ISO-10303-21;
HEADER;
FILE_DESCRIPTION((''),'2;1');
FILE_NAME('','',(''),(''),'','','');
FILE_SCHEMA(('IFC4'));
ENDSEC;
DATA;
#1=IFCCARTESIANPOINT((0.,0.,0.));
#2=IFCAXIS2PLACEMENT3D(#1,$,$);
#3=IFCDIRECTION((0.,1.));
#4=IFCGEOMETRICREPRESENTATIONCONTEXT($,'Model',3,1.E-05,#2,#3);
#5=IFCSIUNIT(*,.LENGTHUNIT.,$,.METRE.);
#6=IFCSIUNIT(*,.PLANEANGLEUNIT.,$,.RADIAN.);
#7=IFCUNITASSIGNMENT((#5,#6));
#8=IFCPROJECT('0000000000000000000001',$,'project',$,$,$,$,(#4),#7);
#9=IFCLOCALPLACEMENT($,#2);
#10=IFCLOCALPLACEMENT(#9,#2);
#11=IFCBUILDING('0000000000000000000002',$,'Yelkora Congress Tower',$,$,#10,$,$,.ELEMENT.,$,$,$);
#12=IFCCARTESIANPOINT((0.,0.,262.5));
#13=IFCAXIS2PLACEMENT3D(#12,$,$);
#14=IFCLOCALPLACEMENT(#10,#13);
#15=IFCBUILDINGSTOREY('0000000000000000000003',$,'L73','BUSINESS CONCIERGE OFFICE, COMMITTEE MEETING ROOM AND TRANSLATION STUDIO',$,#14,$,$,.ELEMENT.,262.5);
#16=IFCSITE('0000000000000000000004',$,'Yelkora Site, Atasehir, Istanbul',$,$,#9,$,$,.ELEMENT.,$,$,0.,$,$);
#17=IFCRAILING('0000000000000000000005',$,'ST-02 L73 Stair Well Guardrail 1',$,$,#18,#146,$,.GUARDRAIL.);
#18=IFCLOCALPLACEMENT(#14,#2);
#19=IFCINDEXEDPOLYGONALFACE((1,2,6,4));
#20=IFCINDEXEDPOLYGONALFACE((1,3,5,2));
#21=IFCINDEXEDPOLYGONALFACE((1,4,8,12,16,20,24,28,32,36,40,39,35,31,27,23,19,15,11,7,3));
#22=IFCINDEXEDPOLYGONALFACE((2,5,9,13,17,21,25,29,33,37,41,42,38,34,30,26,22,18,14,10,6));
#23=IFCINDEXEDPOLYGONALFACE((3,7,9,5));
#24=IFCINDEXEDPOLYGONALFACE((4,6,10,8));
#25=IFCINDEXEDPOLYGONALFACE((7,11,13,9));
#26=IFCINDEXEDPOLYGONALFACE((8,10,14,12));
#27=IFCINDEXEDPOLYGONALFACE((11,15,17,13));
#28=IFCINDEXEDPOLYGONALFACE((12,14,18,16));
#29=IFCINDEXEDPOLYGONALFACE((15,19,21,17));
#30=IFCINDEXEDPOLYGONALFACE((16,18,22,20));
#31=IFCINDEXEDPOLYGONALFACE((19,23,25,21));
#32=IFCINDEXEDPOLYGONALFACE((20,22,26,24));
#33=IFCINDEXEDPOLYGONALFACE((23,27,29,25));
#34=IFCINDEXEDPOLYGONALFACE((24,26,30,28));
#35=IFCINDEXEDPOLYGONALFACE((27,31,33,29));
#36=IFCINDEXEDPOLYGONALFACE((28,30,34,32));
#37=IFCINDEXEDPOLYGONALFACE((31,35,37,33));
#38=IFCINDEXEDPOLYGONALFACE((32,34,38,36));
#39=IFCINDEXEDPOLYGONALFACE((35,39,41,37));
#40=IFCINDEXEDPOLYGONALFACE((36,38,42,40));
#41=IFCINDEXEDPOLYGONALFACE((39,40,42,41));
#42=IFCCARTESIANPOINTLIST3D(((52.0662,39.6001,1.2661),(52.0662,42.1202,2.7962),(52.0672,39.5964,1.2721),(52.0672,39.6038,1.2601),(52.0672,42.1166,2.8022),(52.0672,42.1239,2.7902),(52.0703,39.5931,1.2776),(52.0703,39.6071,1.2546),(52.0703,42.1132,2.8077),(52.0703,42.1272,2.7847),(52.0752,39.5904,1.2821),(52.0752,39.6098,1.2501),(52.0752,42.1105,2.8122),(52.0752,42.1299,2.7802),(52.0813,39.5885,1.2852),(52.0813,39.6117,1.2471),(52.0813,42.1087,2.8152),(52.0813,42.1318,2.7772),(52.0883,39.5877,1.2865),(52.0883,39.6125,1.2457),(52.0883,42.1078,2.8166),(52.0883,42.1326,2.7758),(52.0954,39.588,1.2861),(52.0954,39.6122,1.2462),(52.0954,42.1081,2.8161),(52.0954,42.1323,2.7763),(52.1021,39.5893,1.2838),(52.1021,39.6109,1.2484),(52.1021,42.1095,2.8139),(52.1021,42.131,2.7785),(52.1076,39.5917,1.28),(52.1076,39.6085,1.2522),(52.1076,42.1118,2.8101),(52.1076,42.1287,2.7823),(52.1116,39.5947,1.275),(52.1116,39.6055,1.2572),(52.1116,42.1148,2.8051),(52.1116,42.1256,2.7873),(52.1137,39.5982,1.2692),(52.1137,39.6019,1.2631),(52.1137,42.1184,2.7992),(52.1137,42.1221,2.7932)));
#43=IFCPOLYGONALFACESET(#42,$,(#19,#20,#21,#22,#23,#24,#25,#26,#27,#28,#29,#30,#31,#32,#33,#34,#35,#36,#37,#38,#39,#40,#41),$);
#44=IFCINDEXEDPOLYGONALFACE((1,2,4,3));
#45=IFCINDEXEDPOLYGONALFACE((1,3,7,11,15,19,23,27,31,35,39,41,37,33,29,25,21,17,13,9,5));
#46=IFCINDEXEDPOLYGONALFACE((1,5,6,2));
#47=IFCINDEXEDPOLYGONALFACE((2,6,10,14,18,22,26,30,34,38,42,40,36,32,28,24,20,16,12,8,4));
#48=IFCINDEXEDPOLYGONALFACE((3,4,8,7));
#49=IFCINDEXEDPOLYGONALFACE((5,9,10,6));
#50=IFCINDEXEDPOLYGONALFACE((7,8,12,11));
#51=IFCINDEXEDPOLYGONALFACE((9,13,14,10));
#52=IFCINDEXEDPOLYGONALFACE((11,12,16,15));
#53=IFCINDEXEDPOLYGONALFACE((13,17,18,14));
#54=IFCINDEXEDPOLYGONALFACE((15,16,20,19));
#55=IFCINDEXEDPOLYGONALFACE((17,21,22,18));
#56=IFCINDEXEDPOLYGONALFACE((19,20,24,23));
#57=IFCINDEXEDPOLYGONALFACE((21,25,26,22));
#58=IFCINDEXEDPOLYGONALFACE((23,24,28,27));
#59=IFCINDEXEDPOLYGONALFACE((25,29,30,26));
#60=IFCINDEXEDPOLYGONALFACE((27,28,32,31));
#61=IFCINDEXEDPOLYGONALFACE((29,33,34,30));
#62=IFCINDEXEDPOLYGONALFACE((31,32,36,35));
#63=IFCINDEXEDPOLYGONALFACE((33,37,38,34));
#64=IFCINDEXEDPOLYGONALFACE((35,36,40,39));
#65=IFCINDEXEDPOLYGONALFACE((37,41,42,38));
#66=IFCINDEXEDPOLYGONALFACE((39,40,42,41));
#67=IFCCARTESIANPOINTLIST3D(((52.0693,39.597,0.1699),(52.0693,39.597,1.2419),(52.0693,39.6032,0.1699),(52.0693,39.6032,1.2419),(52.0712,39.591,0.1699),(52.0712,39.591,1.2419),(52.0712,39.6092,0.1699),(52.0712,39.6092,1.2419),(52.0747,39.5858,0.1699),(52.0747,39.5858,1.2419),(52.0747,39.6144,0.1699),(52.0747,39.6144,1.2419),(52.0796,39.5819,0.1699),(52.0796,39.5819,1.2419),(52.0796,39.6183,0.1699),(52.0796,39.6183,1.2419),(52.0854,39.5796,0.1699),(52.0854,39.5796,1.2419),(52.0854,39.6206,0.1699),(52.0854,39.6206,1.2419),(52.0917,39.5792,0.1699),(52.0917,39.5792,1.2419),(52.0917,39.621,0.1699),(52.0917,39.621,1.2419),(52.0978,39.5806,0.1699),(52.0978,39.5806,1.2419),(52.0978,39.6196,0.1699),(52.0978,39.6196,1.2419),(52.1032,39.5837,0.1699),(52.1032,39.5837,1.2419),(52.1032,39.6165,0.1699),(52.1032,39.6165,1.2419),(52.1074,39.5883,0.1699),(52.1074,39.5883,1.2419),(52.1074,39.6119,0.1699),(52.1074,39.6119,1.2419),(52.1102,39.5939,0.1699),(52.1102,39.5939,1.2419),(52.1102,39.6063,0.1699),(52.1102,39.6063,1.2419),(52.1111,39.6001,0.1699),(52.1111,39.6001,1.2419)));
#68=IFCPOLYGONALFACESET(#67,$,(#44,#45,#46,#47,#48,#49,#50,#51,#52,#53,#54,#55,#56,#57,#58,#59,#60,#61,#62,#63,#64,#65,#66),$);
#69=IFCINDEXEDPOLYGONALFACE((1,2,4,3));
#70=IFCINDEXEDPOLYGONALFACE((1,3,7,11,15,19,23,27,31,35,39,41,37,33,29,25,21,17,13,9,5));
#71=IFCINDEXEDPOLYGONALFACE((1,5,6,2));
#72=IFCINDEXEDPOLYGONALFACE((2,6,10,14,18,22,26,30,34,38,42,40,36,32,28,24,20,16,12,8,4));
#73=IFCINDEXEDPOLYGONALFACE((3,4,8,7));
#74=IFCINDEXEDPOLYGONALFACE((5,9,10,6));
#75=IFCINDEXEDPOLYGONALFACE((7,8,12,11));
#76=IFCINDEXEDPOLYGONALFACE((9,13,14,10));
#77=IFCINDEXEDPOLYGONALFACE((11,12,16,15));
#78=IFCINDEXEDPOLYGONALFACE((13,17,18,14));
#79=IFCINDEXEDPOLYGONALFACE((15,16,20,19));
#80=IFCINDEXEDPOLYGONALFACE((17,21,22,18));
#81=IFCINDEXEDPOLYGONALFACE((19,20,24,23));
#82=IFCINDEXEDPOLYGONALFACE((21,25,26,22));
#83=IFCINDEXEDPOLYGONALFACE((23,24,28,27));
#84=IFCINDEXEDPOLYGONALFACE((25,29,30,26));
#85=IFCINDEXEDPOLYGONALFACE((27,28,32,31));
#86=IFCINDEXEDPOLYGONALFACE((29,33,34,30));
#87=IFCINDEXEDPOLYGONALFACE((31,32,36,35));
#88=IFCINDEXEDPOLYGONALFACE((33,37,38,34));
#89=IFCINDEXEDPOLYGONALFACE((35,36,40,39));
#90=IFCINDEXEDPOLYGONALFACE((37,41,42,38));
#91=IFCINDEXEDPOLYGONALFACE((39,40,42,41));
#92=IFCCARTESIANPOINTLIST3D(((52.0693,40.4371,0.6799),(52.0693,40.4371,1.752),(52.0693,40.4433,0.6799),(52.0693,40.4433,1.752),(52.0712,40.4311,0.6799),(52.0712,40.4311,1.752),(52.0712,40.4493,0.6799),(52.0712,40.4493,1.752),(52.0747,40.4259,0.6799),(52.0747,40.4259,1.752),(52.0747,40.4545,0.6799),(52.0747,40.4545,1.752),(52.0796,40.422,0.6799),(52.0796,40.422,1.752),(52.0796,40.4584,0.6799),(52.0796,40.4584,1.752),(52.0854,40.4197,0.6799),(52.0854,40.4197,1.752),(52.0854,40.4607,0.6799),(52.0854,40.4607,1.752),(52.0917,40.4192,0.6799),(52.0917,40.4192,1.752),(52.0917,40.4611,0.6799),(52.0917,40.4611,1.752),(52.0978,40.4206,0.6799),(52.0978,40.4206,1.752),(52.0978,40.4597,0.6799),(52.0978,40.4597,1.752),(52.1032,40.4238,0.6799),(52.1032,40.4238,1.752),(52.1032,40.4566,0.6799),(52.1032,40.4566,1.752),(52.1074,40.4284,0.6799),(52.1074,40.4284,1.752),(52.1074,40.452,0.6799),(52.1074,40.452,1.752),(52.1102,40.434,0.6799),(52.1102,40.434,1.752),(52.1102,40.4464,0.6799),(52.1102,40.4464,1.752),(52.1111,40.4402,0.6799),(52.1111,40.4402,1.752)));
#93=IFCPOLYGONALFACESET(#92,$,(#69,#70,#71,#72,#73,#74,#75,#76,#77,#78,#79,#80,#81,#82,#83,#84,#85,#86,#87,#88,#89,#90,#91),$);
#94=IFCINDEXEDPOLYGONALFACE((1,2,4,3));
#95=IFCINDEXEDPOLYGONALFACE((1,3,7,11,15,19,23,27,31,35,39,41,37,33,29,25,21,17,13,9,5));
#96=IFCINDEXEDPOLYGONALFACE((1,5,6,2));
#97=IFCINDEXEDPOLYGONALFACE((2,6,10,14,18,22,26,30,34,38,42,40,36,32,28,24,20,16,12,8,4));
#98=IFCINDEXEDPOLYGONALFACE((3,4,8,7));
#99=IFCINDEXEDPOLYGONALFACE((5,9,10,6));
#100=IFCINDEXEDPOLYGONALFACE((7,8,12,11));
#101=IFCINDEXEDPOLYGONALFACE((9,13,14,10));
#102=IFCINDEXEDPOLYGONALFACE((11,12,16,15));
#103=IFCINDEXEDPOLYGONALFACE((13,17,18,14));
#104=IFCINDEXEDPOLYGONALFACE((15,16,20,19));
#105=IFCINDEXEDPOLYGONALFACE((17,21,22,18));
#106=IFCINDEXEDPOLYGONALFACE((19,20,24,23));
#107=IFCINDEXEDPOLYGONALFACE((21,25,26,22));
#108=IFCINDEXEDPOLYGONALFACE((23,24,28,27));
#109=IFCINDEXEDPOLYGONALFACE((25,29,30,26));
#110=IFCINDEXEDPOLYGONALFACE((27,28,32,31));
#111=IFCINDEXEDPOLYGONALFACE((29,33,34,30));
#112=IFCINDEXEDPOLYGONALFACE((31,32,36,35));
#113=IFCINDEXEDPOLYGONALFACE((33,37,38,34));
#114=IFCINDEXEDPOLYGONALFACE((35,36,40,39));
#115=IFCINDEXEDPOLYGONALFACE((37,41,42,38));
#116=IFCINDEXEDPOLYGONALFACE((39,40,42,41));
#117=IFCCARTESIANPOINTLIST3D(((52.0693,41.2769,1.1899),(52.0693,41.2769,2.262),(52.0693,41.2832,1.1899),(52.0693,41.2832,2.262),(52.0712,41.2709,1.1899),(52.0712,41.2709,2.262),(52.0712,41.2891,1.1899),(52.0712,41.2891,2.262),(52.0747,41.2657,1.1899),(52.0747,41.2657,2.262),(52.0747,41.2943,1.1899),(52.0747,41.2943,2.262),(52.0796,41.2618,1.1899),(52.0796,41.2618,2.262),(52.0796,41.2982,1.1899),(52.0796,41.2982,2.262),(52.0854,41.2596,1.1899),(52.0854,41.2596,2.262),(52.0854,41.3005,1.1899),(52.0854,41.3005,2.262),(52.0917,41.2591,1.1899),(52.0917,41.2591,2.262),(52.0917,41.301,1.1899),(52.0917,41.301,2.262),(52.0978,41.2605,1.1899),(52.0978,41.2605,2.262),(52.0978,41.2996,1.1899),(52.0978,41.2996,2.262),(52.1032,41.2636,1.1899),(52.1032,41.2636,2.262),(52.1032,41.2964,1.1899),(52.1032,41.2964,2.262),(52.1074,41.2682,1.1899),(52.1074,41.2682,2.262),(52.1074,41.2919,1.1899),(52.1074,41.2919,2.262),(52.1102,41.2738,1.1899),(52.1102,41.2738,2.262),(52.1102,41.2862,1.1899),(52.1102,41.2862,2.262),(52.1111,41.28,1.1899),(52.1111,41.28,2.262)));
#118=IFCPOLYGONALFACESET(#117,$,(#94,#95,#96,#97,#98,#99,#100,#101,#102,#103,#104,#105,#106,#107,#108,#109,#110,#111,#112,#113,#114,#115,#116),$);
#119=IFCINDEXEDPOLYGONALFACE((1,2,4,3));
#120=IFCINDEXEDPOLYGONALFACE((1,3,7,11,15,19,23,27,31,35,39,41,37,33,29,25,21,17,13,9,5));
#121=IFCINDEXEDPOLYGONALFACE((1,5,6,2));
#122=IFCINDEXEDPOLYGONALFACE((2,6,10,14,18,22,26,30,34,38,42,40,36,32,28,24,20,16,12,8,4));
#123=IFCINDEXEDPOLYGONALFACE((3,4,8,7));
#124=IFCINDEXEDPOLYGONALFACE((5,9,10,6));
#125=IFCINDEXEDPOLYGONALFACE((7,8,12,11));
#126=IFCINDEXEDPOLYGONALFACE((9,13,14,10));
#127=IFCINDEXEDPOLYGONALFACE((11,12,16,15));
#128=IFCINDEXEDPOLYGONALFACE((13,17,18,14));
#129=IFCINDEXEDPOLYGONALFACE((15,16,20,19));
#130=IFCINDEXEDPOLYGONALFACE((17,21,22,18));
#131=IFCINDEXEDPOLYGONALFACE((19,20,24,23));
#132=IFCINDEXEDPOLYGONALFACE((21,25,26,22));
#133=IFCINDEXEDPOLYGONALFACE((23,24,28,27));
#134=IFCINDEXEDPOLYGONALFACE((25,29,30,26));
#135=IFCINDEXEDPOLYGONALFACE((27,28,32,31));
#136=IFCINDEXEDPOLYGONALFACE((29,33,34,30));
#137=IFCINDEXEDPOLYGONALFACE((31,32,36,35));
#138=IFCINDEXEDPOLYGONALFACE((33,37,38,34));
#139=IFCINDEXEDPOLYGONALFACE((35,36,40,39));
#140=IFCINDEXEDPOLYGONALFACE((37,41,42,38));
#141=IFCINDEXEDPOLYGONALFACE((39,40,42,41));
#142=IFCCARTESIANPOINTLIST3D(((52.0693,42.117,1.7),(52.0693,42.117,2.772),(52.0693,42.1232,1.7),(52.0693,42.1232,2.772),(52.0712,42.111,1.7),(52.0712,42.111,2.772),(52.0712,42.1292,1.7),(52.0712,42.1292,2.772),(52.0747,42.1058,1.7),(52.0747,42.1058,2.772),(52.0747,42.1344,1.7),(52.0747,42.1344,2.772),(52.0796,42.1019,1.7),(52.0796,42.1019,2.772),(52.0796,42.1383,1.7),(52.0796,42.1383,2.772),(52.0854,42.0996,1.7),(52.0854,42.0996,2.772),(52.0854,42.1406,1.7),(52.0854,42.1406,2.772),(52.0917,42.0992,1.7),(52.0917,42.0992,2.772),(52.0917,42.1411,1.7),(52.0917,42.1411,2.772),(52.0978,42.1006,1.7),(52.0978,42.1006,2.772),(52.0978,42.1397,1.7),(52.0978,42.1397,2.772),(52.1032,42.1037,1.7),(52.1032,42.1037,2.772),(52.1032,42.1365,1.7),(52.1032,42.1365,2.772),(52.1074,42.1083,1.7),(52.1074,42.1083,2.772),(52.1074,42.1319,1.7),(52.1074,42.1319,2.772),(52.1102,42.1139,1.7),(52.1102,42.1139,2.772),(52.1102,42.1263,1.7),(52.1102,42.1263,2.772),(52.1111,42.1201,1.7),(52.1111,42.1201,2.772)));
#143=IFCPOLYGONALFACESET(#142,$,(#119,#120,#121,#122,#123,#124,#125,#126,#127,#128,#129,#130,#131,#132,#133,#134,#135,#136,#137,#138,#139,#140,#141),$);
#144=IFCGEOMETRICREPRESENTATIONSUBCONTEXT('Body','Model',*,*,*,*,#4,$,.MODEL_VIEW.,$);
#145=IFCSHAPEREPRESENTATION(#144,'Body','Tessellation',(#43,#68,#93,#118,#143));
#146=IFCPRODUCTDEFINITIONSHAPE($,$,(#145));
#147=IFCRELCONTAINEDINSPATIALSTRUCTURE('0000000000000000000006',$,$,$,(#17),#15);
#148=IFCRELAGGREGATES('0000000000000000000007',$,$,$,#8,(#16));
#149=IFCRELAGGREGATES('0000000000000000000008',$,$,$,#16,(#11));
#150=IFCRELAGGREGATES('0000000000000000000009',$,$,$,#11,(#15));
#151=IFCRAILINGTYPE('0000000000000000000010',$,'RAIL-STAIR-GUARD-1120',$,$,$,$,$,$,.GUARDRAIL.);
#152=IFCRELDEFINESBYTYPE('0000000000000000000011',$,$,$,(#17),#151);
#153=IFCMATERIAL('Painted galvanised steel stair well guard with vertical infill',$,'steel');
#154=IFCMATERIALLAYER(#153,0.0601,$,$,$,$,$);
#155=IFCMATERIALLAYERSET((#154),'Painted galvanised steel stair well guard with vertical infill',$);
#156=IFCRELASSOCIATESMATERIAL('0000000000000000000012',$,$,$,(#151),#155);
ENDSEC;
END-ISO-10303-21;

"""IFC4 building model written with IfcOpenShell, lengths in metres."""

from ifc_helpers import new_model, si_unit, direction, frame, origin, origin_2d, place, context, subcontext, project, spatial, circle, extrude, material, layer, layer_set, type_object, element, save


model = new_model("IFC4")

# Units and contexts
model_context = context("Model", 3, precision=1e-05, world=origin(), true_north=direction((0.0, 1.0)))
body_context = subcontext(model_context, "Body", "Model", "MODEL_VIEW")
ifc_project = project(units=[si_unit("LENGTHUNIT", "METRE"), si_unit("PLANEANGLEUNIT", "RADIAN")], contexts=[model_context])

# Site, building, storey
site_placement = place(None, origin())
site = spatial("IfcSite", under=ifc_project, at=site_placement, Name="Yelkora Site, Atasehir, Istanbul", CompositionType="ELEMENT", RefElevation=0.0)
building_placement = place(site_placement, origin())
building = spatial("IfcBuilding", under=site, at=building_placement, Name="Yelkora Congress Tower", CompositionType="ELEMENT")
storey_placement = place(building_placement, frame((0.0, 0.0, 262.5)))
storey = spatial("IfcBuildingStorey", under=building, at=storey_placement, Name="L73", Description="BUSINESS CONCIERGE OFFICE, COMMITTEE MEETING ROOM AND TRANSLATION STUDIO", CompositionType="ELEMENT", Elevation=262.5)

# Railing
ifc_material_1 = material(Name="Painted galvanised steel stair well guard with vertical infill", Category="steel")
ifc_layer_1 = layer(ifc_material_1, 0.0601)
ifc_layer_set_1 = layer_set([ifc_layer_1], Name="Painted galvanised steel stair well guard with vertical infill")
railing_type_1 = type_object("IfcRailingType", Name="RAIL-STAIR-GUARD-1120", PredefinedType="GUARDRAIL", material=ifc_layer_set_1)
railing_1_placement = place(storey_placement, frame((52.0901, 39.6001, 0.1699)))
element("IfcRailing", 1, at=railing_1_placement, inside=storey, type_object=railing_type_1, Name="ST-02 L73 Stair Well Guardrail 1", PredefinedType="GUARDRAIL", context=body_context, shape_type="SweptSolid", body=[
    extrude(circle(Radius=0.0239, at=origin_2d()), frame((0.0, 0.0, 1.0962), z_axis=(0.0, 0.854785, 0.518982), x_axis=(-1.0, 0.0, 0.0)), (0.0, 0.0, 1.0), 2.9482),
    extrude(circle(Radius=0.021, at=origin_2d()), origin(), (0.0, 0.0, 1.0), 1.072),
    extrude(circle(Radius=0.021, at=origin_2d()), frame((0.0, 0.8401, 0.51)), (0.0, 0.0, 1.0), 1.072),
    extrude(circle(Radius=0.021, at=origin_2d()), frame((0.0, 1.6799, 1.02)), (0.0, 0.0, 1.0), 1.072),
    extrude(circle(Radius=0.021, at=origin_2d()), frame((0.0, 2.52, 1.53)), (0.0, 0.0, 1.0), 1.072),
])

save(model, "model.ifc")
